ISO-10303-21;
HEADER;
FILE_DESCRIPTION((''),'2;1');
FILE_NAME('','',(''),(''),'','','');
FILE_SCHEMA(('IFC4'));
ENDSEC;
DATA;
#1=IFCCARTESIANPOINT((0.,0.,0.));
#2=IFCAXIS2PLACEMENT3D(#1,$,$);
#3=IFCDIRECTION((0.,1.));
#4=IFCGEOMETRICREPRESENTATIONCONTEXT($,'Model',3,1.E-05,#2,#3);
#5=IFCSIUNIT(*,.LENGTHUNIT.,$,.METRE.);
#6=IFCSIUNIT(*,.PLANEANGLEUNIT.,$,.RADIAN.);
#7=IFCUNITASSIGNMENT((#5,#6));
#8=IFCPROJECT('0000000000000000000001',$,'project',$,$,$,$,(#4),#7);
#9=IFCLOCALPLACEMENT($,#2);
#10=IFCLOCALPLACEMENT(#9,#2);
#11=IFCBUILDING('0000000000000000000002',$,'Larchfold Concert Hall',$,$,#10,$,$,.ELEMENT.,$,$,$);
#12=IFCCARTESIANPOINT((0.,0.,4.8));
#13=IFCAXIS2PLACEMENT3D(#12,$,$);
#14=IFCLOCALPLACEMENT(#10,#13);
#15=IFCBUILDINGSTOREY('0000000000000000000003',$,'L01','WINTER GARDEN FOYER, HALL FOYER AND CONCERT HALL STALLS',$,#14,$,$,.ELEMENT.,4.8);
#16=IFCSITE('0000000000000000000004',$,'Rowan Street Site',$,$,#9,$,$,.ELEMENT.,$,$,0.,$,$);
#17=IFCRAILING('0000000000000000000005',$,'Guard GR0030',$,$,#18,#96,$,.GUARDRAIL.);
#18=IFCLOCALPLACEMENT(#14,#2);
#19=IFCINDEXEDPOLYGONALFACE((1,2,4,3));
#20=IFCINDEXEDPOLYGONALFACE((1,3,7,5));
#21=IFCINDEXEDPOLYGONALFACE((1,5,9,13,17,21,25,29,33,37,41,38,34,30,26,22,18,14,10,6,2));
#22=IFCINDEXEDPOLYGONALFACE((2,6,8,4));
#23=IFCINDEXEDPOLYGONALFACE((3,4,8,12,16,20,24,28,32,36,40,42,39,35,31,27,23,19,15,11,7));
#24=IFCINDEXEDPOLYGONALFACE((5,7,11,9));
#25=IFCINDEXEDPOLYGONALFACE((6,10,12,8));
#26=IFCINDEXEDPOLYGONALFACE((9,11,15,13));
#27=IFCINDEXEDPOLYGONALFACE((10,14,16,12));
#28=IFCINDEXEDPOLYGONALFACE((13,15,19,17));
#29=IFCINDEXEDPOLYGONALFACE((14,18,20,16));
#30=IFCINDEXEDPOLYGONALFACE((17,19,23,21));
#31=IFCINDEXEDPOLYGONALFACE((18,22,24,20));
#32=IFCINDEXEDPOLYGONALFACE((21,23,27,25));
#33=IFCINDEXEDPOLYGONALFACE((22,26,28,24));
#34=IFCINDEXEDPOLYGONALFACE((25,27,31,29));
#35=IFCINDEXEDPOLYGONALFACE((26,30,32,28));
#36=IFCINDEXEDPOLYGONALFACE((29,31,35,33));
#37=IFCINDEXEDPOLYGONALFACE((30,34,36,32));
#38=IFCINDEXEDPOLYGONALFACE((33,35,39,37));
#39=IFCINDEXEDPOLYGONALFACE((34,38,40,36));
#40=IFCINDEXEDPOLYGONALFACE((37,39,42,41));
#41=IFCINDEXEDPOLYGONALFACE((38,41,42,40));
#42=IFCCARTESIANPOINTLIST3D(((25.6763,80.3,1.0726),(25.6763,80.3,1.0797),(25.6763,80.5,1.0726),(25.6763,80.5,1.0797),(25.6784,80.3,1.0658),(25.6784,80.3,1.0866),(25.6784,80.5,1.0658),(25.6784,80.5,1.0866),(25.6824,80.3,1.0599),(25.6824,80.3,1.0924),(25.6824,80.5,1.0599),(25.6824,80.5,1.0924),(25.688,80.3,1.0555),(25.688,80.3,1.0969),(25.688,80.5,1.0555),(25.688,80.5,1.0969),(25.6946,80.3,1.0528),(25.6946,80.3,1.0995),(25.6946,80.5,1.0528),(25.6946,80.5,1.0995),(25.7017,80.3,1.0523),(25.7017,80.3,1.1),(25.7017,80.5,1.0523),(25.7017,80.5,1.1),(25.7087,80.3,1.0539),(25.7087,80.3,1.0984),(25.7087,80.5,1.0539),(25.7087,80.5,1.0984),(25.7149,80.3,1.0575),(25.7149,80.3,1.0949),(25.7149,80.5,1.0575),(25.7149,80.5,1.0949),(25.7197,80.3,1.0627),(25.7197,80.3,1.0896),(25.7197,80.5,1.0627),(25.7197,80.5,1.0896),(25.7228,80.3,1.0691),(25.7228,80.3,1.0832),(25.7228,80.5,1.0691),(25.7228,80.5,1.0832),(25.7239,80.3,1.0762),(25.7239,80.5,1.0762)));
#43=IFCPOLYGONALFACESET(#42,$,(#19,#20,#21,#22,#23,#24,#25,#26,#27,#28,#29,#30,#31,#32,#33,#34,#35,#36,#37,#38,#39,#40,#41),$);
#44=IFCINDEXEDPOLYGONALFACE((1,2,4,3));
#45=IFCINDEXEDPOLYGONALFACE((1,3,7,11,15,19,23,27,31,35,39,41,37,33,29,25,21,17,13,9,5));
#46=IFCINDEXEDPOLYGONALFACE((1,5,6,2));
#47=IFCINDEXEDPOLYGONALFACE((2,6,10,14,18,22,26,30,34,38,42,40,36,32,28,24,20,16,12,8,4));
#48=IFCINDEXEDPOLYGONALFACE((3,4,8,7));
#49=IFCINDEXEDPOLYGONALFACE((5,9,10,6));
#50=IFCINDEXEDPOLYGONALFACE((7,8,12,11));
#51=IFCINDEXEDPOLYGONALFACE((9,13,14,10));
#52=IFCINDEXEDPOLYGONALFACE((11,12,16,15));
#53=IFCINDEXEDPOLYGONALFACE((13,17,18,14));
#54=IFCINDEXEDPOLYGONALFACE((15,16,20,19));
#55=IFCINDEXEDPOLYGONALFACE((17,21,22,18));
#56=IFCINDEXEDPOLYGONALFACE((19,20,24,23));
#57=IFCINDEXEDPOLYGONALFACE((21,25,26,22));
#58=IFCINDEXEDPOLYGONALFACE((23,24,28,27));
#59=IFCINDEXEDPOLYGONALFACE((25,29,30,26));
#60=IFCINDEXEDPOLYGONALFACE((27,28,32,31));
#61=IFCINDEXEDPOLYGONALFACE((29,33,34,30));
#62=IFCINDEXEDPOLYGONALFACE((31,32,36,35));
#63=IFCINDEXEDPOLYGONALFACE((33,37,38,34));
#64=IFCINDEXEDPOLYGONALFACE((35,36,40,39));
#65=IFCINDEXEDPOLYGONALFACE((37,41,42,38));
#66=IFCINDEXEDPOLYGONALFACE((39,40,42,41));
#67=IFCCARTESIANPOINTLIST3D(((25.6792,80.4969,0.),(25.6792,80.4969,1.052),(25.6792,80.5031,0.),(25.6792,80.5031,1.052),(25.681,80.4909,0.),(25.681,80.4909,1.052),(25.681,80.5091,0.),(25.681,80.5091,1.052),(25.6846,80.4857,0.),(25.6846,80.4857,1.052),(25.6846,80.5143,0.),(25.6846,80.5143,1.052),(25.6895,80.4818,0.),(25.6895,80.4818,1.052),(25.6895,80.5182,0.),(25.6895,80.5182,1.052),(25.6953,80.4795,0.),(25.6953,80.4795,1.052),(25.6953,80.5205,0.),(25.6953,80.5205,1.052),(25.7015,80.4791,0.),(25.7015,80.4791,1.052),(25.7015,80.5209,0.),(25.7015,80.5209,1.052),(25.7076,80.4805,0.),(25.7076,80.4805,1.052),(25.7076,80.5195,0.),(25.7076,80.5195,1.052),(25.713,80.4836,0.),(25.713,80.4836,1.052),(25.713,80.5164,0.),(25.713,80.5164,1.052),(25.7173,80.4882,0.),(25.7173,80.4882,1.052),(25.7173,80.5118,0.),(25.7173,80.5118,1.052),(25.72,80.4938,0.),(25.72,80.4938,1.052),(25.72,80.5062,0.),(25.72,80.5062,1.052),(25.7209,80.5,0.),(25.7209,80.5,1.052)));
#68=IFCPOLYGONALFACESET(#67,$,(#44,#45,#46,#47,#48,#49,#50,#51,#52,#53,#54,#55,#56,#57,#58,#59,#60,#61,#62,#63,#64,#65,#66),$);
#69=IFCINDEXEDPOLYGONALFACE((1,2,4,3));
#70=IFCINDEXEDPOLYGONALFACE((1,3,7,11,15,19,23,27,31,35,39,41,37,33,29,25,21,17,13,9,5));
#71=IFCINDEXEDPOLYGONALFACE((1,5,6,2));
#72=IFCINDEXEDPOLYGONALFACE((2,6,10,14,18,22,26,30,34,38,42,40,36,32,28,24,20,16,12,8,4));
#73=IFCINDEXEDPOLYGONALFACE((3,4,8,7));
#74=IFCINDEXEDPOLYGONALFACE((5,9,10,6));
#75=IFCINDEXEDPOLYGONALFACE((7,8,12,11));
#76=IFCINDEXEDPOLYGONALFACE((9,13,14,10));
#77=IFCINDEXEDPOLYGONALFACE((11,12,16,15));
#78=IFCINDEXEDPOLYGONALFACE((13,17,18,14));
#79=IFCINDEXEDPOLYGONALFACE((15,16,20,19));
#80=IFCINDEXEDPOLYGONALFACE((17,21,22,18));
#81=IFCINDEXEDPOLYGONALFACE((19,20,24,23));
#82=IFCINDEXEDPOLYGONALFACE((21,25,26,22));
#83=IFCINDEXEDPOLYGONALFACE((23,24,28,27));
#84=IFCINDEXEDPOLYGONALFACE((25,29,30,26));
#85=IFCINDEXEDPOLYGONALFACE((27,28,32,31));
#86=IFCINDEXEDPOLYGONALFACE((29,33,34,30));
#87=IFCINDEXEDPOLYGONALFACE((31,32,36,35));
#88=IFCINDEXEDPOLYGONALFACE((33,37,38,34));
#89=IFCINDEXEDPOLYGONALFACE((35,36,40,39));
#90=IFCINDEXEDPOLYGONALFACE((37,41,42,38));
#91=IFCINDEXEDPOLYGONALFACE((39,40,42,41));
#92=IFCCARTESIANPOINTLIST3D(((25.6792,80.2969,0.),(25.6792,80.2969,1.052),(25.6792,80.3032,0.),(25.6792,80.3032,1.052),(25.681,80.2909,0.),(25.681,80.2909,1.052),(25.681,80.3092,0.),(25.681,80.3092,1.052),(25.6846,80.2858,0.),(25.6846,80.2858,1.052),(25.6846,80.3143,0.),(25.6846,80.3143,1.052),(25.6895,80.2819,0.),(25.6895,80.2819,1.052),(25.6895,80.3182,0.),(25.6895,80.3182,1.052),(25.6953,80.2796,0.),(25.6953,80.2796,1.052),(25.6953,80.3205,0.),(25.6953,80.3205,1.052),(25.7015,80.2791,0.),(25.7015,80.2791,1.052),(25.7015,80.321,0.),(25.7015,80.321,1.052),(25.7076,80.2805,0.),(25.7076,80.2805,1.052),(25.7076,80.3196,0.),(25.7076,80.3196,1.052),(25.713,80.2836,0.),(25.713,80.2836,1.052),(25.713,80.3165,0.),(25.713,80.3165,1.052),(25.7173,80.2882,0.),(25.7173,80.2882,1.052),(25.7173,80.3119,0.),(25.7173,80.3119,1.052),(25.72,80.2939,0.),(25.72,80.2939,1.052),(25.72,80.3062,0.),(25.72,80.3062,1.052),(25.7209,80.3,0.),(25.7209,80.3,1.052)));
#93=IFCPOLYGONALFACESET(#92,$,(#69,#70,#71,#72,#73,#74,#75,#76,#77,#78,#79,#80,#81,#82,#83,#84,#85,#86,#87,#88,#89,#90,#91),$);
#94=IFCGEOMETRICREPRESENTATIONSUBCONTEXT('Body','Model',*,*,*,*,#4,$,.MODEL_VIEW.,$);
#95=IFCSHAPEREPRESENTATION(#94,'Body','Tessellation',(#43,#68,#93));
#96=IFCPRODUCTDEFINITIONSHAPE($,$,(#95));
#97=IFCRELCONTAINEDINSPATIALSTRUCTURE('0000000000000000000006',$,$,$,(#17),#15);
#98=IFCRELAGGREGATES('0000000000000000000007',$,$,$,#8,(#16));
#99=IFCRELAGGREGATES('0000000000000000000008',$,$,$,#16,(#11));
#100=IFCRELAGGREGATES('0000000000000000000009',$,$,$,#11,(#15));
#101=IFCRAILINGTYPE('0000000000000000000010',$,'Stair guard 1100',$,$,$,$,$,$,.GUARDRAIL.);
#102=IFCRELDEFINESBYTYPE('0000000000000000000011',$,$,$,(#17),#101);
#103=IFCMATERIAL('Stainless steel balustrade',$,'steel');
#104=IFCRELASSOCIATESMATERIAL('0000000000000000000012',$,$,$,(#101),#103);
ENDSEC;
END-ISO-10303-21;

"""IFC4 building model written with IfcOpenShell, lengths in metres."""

from ifc_helpers import new_model, si_unit, direction, frame, origin, origin_2d, place, context, subcontext, project, spatial, circle, extrude, material, type_object, element, save


model = new_model("IFC4")

# Units and contexts
model_context = context("Model", 3, precision=1e-05, world=origin(), true_north=direction((0.0, 1.0)))
body_context = subcontext(model_context, "Body", "Model", "MODEL_VIEW")
ifc_project = project(units=[si_unit("LENGTHUNIT", "METRE"), si_unit("PLANEANGLEUNIT", "RADIAN")], contexts=[model_context])

# Site, building, storey
site_placement = place(None, origin())
site = spatial("IfcSite", under=ifc_project, at=site_placement, Name="Rowan Street Site", CompositionType="ELEMENT", RefElevation=0.0)
building_placement = place(site_placement, origin())
building = spatial("IfcBuilding", under=site, at=building_placement, Name="Larchfold Concert Hall", CompositionType="ELEMENT")
storey_placement = place(building_placement, frame((0.0, 0.0, 4.8)))
storey = spatial("IfcBuildingStorey", under=building, at=storey_placement, Name="L01", Description="WINTER GARDEN FOYER, HALL FOYER AND CONCERT HALL STALLS", CompositionType="ELEMENT", Elevation=4.8)

# Railing
ifc_material_1 = material(Name="Stainless steel balustrade", Category="steel")
railing_type_1 = type_object("IfcRailingType", Name="Stair guard 1100", PredefinedType="GUARDRAIL", material=ifc_material_1)
railing_1_placement = place(storey_placement, frame((25.7, 80.5, 0.0)))
element("IfcRailing", 1, at=railing_1_placement, inside=storey, type_object=railing_type_1, Name="Guard GR0030", PredefinedType="GUARDRAIL", context=body_context, shape_type="SweptSolid", body=[
    extrude(circle(Radius=0.0239, at=origin_2d()), frame((0.0, 0.0, 1.0762), z_axis=(0.0, -1.0, 0.0), x_axis=(1.0, 0.0, 0.0)), (0.0, 0.0, 1.0), 0.2),
    extrude(circle(Radius=0.021, at=origin_2d()), origin(), (0.0, 0.0, 1.0), 1.052),
    extrude(circle(Radius=0.021, at=origin_2d()), frame((0.0, -0.2, 0.0)), (0.0, 0.0, 1.0), 1.052),
])

save(model, "model.ifc")
